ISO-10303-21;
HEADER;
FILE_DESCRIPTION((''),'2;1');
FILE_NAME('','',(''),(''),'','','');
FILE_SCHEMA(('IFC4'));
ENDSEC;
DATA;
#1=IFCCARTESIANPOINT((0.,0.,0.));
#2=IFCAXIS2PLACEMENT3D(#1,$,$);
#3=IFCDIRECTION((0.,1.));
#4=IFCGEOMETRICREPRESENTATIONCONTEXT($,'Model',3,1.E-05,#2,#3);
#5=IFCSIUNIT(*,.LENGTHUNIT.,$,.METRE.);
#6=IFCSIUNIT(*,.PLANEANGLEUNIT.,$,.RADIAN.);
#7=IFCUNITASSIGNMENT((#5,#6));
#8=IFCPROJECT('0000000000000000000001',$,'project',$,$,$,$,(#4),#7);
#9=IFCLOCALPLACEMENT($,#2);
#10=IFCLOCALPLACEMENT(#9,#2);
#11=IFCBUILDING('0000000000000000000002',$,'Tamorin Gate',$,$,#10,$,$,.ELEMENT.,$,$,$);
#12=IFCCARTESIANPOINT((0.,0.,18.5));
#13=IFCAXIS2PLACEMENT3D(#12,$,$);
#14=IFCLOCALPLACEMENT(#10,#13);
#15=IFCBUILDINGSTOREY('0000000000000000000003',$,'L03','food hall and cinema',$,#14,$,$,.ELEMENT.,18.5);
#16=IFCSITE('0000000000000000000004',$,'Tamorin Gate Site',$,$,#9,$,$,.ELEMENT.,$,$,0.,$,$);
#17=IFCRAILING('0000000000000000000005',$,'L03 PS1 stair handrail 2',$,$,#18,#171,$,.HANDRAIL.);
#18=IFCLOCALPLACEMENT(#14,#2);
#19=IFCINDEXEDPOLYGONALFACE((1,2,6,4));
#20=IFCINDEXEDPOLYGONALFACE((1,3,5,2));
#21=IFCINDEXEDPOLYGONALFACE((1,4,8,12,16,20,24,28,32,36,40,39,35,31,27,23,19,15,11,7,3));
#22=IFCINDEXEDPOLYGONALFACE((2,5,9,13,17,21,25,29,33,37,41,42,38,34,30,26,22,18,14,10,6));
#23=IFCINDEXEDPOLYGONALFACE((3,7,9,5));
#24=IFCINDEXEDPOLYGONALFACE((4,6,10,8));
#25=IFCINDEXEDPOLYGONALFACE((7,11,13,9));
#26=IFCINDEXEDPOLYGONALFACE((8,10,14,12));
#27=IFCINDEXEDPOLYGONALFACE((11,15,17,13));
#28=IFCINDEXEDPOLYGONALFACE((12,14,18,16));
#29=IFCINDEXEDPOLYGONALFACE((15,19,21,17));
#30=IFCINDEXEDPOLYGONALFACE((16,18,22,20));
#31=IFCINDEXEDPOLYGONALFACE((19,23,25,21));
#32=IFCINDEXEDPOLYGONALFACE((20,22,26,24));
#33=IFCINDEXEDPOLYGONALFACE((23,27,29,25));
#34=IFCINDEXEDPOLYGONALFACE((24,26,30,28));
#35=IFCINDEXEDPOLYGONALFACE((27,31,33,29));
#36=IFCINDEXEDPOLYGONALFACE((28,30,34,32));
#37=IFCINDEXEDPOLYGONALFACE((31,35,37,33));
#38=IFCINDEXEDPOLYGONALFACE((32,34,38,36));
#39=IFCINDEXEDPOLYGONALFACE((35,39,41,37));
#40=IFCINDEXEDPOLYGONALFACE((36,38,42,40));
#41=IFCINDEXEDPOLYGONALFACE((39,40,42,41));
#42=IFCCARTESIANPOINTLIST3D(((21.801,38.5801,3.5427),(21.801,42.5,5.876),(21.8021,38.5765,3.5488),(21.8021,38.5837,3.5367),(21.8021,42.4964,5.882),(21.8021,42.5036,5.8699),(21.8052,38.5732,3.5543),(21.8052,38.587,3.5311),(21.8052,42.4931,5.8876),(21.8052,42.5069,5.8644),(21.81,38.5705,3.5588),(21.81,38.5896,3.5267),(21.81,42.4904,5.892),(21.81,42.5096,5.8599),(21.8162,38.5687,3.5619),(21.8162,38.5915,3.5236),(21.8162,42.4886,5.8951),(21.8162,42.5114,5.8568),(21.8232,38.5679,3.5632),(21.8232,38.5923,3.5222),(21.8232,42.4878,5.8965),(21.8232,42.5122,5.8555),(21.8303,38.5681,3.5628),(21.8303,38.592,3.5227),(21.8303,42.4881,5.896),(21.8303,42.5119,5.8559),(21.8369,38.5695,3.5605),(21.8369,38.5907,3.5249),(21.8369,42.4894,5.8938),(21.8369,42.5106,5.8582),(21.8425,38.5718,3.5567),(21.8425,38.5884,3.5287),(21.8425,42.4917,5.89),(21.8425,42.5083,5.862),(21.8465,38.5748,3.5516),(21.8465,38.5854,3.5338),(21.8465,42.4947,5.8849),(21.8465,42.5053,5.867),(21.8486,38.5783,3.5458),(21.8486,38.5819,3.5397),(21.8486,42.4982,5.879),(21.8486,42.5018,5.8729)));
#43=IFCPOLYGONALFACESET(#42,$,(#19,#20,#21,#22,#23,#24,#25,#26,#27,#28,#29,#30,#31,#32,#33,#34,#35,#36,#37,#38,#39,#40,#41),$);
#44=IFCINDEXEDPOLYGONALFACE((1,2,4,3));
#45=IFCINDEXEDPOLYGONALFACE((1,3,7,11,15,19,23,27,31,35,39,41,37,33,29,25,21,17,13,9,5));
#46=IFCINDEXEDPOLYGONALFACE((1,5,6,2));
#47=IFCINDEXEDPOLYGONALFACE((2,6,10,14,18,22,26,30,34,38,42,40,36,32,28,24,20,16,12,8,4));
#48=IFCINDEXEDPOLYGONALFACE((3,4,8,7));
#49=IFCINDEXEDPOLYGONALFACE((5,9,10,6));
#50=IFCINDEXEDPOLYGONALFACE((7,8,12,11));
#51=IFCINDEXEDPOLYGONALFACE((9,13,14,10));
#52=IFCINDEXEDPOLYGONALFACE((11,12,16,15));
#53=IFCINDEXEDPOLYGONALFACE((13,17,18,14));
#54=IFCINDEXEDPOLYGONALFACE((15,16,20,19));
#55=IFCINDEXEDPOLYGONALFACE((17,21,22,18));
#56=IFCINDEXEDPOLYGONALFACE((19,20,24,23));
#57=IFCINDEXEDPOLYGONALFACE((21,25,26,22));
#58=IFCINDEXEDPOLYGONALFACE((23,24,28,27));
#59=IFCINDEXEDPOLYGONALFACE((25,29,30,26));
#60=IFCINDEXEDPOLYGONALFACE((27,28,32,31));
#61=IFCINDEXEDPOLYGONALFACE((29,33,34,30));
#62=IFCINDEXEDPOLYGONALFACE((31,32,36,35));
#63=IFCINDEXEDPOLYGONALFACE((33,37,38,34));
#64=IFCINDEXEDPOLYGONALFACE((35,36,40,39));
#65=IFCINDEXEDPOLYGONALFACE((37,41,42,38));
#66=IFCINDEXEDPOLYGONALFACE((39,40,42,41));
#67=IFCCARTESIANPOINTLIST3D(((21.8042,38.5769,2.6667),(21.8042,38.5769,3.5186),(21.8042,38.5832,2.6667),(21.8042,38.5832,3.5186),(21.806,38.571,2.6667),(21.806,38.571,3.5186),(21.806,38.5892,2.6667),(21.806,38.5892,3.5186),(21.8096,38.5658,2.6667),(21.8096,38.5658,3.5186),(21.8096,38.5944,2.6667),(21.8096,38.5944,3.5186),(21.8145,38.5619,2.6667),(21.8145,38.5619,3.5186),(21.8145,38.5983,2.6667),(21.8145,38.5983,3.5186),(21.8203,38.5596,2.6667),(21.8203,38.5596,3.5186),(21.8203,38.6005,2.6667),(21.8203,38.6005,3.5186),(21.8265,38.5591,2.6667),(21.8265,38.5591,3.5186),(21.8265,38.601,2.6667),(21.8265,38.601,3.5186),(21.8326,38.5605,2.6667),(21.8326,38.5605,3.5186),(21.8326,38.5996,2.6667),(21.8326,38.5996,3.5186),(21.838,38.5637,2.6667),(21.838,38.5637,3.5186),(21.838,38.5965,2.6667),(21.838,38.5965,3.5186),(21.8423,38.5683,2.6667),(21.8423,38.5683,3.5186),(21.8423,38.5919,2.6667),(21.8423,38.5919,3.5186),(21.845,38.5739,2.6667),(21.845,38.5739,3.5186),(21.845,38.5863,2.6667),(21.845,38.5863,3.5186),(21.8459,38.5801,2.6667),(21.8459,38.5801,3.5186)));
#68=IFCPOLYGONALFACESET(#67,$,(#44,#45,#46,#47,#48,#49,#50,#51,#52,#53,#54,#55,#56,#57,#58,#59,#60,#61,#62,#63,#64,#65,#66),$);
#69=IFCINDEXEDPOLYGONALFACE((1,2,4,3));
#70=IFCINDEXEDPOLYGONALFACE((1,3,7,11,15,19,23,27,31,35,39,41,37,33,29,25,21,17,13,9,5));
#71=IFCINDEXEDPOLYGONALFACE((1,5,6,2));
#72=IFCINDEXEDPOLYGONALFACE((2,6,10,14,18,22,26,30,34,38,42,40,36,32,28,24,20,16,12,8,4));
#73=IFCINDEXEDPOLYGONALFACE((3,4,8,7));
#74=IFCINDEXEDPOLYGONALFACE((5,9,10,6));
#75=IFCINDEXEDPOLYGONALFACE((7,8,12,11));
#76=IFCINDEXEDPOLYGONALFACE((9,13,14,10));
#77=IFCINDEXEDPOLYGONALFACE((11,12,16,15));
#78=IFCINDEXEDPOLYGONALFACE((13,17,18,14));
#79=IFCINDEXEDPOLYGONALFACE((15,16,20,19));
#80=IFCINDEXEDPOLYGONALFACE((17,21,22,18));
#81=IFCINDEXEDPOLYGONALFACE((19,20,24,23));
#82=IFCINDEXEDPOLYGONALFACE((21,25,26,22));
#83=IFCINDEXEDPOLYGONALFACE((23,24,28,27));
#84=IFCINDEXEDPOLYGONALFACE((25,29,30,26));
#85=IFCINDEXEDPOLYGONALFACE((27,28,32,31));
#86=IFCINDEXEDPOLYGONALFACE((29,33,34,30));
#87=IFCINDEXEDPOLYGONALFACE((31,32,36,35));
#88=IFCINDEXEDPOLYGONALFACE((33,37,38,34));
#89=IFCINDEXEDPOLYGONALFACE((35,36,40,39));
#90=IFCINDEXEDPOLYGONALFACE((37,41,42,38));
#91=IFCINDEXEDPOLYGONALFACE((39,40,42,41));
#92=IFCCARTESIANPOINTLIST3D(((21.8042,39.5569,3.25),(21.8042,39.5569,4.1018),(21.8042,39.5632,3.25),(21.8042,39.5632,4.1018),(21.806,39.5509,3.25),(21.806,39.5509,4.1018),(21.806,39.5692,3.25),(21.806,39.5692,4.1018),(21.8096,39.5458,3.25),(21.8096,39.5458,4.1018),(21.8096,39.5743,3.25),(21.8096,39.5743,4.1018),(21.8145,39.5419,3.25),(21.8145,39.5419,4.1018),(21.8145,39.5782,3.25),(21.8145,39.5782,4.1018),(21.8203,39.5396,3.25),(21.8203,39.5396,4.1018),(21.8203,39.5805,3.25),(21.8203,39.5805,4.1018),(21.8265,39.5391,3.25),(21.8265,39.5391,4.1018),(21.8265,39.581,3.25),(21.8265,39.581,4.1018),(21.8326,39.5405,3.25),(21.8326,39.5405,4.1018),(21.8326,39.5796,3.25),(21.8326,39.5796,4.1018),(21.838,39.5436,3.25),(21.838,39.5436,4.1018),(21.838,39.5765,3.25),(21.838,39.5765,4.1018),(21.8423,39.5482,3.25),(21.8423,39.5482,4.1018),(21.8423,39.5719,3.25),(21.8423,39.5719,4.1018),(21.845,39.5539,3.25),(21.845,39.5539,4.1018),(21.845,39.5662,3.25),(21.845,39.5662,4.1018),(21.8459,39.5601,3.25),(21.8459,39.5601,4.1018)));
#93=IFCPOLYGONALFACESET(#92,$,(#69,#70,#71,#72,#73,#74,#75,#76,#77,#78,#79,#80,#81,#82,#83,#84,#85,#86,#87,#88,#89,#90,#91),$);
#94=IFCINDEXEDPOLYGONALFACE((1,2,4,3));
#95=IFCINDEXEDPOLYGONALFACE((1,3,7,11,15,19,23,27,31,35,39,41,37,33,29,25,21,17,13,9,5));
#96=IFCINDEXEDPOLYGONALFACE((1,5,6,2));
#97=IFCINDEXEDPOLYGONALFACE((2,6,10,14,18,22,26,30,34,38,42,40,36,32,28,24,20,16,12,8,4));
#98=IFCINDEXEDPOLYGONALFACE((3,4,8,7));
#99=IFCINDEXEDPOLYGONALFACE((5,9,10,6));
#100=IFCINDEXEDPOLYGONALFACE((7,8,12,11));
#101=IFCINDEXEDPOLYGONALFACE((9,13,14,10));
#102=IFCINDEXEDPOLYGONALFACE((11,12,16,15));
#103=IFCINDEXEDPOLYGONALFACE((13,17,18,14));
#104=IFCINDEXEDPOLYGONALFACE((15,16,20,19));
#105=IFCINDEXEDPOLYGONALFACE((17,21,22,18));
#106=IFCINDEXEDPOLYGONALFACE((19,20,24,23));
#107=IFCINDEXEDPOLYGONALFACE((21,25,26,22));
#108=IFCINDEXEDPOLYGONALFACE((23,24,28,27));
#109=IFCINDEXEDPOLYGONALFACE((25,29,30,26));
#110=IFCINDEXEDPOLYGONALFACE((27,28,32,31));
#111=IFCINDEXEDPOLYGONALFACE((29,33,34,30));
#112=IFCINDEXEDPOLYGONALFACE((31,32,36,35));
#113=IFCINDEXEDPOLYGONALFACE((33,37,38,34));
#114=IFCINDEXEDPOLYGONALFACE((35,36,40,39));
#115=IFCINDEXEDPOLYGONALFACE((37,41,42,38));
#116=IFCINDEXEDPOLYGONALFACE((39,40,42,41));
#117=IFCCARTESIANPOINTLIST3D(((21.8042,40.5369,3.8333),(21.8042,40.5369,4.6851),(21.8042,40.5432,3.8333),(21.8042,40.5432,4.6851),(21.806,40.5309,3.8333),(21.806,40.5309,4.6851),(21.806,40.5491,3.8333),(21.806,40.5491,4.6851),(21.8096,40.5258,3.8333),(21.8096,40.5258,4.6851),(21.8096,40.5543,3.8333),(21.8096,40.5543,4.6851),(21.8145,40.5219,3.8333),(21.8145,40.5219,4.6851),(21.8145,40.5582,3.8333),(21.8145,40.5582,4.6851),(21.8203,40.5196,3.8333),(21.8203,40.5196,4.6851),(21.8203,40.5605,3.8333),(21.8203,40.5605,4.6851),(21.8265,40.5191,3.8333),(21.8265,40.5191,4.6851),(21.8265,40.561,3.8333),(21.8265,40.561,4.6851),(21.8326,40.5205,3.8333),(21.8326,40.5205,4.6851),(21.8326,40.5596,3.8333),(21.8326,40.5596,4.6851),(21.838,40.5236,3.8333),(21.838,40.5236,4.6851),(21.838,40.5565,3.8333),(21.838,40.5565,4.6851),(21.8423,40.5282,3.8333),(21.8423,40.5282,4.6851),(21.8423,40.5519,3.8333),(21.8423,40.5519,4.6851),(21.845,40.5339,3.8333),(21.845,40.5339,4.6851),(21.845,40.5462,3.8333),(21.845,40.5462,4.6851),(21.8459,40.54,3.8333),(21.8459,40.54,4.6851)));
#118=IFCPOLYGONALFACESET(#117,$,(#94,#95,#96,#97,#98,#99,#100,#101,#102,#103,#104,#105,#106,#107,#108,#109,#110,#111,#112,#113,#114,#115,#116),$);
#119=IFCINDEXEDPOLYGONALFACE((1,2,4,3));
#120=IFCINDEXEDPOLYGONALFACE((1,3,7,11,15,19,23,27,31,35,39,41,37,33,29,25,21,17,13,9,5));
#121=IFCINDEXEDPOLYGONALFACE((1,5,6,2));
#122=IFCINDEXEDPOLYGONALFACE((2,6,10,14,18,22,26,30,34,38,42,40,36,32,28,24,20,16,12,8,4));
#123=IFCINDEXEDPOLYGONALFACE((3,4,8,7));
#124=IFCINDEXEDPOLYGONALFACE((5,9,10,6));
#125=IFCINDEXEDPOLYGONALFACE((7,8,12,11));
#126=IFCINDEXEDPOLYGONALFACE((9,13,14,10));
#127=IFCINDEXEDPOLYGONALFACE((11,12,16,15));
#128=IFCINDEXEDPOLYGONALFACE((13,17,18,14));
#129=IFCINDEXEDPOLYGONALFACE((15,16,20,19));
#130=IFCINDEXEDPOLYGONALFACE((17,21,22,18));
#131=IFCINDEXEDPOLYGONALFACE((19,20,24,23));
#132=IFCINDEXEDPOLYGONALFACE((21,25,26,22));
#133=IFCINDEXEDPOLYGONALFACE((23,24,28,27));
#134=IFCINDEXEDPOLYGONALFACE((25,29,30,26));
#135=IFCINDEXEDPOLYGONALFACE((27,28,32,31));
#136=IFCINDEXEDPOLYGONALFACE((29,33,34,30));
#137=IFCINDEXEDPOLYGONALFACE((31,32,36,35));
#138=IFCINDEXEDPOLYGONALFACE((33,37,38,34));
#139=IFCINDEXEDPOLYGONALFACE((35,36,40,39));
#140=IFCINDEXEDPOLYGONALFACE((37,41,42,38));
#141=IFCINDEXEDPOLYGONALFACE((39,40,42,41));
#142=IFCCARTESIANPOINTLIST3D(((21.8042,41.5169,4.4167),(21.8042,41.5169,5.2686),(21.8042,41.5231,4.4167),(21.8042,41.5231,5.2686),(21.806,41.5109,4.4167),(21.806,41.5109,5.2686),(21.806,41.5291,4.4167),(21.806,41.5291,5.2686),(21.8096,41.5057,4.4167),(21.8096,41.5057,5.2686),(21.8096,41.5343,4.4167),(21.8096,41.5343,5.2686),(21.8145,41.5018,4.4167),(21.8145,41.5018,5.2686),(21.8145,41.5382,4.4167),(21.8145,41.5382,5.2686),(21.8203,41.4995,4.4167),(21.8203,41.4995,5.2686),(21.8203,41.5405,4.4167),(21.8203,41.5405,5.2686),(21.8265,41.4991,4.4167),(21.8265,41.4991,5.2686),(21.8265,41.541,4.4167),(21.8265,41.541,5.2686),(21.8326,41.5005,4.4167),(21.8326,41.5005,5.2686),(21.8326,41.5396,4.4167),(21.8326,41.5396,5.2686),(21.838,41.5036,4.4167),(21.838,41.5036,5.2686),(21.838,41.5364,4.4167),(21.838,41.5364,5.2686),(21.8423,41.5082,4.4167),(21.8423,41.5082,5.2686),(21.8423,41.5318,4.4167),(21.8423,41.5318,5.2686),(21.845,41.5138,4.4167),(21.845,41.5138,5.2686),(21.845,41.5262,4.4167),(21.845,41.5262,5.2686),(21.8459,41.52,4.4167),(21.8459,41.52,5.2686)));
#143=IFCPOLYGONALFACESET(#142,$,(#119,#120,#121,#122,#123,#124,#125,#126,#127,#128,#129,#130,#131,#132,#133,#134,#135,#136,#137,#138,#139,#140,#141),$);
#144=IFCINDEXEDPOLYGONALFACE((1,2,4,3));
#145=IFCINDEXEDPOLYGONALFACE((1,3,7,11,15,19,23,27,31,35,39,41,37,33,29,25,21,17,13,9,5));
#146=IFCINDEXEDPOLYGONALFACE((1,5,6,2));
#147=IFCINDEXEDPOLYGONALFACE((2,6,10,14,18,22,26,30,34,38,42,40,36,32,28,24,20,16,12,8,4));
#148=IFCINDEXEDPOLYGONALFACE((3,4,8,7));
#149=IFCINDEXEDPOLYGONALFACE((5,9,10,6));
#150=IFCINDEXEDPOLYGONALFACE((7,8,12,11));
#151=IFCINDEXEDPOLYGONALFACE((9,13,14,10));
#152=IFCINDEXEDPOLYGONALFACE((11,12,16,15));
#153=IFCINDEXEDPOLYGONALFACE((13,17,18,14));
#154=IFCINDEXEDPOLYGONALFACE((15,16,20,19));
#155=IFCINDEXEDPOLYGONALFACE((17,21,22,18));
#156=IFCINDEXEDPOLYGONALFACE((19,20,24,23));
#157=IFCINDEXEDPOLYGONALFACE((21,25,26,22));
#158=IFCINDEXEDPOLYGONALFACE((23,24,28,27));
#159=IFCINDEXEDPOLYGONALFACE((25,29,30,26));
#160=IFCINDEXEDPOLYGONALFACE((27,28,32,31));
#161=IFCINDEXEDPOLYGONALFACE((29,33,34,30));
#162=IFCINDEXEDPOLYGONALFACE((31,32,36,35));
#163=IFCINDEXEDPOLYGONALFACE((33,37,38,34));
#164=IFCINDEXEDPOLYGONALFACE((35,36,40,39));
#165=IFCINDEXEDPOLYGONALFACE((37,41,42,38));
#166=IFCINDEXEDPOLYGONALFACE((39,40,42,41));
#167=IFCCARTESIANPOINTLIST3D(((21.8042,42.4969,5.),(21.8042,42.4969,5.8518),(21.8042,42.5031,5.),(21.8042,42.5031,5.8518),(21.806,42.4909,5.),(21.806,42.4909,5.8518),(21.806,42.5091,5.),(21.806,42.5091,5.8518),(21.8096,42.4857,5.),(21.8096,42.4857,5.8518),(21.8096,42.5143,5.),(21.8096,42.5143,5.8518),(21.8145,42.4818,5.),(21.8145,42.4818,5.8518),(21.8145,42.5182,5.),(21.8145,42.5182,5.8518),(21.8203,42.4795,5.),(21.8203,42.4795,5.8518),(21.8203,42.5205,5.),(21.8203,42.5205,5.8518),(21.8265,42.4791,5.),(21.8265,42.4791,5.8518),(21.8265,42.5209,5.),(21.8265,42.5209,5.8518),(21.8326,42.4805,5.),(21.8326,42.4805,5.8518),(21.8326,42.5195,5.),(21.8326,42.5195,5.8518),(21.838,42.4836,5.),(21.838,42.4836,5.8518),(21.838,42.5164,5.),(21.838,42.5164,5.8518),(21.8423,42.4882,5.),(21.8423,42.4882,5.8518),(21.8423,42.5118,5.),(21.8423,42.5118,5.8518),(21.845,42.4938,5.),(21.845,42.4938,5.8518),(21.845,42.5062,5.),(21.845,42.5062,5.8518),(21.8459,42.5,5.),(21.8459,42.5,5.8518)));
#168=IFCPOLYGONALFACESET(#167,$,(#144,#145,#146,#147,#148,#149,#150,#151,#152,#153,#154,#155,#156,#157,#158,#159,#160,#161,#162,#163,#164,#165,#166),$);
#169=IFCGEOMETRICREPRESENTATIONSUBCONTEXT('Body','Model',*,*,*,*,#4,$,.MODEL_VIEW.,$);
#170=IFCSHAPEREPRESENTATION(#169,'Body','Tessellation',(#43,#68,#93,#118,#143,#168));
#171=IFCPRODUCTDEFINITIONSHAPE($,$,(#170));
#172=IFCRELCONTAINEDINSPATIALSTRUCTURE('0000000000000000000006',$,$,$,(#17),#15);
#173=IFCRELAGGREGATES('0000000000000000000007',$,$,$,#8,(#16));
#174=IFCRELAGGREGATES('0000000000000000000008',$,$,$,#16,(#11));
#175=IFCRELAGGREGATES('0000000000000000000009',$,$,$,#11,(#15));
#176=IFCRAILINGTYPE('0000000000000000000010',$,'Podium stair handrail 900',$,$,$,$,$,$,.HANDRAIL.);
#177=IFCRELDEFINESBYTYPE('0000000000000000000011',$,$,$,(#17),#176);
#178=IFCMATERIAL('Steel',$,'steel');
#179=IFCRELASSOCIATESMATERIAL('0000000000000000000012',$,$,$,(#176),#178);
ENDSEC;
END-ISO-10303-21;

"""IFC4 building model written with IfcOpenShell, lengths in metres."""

from ifc_helpers import new_model, si_unit, direction, frame, origin, origin_2d, place, context, subcontext, project, spatial, circle, extrude, material, type_object, element, save


model = new_model("IFC4")

# Units and contexts
model_context = context("Model", 3, precision=1e-05, world=origin(), true_north=direction((0.0, 1.0)))
body_context = subcontext(model_context, "Body", "Model", "MODEL_VIEW")
ifc_project = project(units=[si_unit("LENGTHUNIT", "METRE"), si_unit("PLANEANGLEUNIT", "RADIAN")], contexts=[model_context])

# Site, building, storey
site_placement = place(None, origin())
site = spatial("IfcSite", under=ifc_project, at=site_placement, Name="Tamorin Gate Site", CompositionType="ELEMENT", RefElevation=0.0)
building_placement = place(site_placement, origin())
building = spatial("IfcBuilding", under=site, at=building_placement, Name="Tamorin Gate", CompositionType="ELEMENT")
storey_placement = place(building_placement, frame((0.0, 0.0, 18.5)))
storey = spatial("IfcBuildingStorey", under=building, at=storey_placement, Name="L03", Description="food hall and cinema", CompositionType="ELEMENT", Elevation=18.5)

# Railing
ifc_material_1 = material(Name="Steel", Category="steel")
railing_type_1 = type_object("IfcRailingType", Name="Podium stair handrail 900", PredefinedType="HANDRAIL", material=ifc_material_1)
railing_1_placement = place(storey_placement, frame((21.825, 38.5801, 2.6667)))
element("IfcRailing", 1, at=railing_1_placement, inside=storey, type_object=railing_type_1, Name="L03 PS1 stair handrail 2", PredefinedType="HANDRAIL", context=body_context, shape_type="SweptSolid", body=[
    extrude(circle(Radius=0.0239, at=origin_2d()), frame((0.0, 0.0, 0.876), z_axis=(0.0, 0.859296, 0.511478), x_axis=(-1.0, 0.0, 0.0)), (0.0, 0.0, 1.0), 4.5618),
    extrude(circle(Radius=0.021, at=origin_2d()), origin(), (0.0, 0.0, 1.0), 0.8518),
    extrude(circle(Radius=0.021, at=origin_2d()), frame((0.0, 0.98, 0.5833)), (0.0, 0.0, 1.0), 0.8518),
    extrude(circle(Radius=0.021, at=origin_2d()), frame((0.0, 1.96, 1.1665)), (0.0, 0.0, 1.0), 0.8518),
    extrude(circle(Radius=0.021, at=origin_2d()), frame((0.0, 2.9399, 1.75)), (0.0, 0.0, 1.0), 0.8518),
    extrude(circle(Radius=0.021, at=origin_2d()), frame((0.0, 3.9199, 2.3333)), (0.0, 0.0, 1.0), 0.8518),
])

save(model, "model.ifc")
